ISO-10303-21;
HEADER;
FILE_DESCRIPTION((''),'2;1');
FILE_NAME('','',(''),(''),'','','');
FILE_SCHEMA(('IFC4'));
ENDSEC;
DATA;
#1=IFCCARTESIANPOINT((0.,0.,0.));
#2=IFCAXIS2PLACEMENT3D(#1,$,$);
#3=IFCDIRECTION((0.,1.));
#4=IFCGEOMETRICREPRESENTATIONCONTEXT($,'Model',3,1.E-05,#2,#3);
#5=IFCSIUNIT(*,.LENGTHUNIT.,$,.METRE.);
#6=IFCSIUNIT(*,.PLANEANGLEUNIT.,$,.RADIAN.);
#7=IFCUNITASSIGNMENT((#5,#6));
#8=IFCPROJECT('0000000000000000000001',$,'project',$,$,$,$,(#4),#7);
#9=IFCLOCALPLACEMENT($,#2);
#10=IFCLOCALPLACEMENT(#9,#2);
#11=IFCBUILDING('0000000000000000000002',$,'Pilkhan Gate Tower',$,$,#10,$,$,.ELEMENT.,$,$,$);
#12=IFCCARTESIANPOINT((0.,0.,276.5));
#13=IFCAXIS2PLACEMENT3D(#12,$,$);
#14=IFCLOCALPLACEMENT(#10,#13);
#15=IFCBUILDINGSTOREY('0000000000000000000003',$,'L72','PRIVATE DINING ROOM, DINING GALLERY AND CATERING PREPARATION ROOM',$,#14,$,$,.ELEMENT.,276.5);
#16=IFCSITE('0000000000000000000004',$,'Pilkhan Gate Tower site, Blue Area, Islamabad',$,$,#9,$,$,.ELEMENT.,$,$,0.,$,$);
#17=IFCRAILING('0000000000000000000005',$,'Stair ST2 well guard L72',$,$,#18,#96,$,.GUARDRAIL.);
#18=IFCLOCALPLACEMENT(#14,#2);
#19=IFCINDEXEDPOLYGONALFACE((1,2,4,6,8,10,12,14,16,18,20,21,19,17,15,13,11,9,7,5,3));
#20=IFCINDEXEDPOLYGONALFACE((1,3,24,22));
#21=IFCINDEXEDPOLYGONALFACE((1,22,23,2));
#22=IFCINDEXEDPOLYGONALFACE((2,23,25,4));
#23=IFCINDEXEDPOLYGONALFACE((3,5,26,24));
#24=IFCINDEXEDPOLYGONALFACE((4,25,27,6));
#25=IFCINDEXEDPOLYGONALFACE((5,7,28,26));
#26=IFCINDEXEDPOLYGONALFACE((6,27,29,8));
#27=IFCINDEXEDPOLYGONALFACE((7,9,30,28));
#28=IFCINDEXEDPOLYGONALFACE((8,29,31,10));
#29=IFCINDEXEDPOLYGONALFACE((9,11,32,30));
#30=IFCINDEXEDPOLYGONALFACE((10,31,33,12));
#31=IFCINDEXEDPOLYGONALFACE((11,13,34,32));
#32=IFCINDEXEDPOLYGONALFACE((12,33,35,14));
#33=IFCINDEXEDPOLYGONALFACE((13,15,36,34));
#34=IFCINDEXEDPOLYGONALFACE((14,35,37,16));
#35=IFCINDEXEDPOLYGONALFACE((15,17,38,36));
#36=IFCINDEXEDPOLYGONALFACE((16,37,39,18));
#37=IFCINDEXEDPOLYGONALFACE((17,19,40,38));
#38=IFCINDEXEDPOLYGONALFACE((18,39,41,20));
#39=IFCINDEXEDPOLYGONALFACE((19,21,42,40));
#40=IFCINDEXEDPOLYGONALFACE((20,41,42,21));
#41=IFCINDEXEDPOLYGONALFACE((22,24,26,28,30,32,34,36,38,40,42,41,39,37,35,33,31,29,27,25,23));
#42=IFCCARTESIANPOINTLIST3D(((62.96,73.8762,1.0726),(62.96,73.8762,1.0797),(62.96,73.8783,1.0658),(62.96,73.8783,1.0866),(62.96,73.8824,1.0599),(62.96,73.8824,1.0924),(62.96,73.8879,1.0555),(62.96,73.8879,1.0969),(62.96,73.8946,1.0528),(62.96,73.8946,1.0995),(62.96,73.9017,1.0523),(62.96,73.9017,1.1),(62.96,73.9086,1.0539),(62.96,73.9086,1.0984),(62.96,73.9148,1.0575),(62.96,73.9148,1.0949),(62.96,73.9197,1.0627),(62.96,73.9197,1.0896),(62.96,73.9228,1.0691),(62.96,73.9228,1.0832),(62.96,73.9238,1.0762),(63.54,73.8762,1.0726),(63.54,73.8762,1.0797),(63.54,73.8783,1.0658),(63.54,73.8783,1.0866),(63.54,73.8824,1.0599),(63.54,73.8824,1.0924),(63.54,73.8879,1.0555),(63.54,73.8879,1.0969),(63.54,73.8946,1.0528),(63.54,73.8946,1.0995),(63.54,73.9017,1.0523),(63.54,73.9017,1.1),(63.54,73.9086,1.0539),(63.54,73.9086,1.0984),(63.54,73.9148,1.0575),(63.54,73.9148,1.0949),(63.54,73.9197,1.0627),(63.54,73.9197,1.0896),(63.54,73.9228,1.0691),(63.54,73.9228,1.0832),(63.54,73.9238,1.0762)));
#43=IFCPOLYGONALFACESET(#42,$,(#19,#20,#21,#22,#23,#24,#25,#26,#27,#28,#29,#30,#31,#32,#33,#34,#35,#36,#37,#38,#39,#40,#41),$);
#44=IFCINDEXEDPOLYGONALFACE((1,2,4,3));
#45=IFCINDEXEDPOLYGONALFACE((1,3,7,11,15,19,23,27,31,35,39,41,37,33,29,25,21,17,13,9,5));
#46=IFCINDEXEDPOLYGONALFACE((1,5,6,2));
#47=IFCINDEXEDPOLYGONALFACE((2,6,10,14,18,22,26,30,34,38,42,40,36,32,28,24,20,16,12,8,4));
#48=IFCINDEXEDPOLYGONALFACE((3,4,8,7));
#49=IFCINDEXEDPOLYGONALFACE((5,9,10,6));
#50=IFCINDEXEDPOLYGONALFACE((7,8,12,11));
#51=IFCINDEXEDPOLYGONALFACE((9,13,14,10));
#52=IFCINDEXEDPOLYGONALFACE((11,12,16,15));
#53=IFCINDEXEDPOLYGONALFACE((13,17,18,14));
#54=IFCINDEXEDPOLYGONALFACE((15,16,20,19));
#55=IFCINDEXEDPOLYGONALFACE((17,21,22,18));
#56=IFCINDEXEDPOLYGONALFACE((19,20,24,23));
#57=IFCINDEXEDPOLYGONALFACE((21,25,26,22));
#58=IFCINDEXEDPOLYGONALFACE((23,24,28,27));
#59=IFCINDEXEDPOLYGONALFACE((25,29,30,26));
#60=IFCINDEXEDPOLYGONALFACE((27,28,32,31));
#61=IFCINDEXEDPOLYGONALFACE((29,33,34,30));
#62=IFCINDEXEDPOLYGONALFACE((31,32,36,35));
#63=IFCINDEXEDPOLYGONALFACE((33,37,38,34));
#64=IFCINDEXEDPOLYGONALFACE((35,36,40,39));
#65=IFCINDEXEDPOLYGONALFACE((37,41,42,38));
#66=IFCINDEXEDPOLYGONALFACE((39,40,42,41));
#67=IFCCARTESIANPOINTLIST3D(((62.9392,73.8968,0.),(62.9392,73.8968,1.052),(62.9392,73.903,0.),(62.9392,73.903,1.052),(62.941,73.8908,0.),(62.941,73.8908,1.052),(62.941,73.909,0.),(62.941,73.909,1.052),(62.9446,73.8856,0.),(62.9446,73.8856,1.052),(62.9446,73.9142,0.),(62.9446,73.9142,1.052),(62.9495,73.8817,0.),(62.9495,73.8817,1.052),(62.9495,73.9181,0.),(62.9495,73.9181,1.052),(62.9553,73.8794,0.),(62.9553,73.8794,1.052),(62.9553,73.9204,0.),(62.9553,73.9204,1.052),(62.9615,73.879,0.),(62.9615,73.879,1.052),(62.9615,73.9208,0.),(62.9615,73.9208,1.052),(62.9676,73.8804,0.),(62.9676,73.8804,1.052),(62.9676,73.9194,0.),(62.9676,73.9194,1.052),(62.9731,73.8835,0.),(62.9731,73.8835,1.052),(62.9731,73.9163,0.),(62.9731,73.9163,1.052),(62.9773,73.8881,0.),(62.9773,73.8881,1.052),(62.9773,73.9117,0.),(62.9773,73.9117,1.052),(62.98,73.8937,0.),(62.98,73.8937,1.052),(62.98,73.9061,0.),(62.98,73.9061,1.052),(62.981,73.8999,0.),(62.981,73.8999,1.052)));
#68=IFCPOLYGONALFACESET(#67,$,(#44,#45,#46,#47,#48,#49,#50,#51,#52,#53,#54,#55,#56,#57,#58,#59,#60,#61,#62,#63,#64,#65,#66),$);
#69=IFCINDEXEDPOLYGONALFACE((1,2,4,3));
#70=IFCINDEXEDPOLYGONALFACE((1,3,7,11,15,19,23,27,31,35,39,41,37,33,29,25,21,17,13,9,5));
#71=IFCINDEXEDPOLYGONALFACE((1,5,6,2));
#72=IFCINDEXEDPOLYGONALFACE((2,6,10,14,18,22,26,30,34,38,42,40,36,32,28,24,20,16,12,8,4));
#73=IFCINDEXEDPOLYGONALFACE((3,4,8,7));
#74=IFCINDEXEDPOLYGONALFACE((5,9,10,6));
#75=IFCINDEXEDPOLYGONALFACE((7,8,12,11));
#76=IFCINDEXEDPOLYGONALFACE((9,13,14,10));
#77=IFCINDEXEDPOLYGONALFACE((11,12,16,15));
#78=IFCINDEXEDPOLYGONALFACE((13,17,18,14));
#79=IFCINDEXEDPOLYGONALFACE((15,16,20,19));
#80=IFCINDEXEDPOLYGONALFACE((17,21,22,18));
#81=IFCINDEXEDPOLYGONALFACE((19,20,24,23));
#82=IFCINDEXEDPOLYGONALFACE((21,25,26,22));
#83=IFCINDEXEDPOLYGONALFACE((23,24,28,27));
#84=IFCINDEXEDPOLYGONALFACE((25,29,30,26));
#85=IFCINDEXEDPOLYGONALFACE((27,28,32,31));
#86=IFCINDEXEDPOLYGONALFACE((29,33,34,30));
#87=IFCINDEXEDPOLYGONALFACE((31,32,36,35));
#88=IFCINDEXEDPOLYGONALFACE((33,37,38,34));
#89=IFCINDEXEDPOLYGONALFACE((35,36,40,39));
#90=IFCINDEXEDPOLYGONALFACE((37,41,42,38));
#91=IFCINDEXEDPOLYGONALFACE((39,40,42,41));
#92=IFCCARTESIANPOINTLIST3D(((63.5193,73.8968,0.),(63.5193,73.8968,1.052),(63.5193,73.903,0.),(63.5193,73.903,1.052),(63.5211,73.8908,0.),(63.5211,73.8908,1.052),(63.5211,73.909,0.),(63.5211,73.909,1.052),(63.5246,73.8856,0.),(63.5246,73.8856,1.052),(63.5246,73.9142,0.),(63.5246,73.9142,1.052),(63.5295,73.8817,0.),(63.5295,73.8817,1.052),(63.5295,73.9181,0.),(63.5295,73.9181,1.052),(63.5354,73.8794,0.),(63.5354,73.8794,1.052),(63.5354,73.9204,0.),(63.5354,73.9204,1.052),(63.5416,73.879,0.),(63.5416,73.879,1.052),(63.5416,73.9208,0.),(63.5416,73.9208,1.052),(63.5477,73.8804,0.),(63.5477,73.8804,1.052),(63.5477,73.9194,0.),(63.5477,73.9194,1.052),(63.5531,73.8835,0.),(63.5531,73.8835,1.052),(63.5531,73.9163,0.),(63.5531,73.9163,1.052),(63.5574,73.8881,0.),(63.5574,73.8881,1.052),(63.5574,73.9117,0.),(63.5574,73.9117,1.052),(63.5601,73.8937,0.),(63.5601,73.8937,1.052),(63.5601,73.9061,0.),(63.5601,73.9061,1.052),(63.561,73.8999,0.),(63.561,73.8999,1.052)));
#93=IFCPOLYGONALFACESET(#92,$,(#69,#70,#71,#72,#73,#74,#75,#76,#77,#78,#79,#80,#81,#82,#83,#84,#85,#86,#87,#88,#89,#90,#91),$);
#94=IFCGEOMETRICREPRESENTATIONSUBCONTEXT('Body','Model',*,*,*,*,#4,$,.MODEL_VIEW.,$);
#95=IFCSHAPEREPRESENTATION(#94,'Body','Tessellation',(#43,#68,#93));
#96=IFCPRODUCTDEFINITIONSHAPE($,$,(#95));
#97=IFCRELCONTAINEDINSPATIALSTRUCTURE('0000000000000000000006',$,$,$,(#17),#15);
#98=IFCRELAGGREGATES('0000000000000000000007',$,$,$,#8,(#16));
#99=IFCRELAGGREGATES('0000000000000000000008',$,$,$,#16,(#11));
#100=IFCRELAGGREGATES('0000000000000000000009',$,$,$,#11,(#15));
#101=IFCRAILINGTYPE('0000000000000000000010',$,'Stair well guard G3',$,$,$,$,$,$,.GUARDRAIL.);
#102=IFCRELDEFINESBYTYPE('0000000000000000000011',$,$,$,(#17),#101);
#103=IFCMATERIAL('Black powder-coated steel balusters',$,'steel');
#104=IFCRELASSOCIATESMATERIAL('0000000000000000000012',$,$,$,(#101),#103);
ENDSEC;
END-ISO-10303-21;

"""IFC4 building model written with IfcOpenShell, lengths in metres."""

from ifc_helpers import new_model, si_unit, direction, frame, origin, origin_2d, place, context, subcontext, project, spatial, circle, extrude, material, type_object, element, save


model = new_model("IFC4")

# Units and contexts
model_context = context("Model", 3, precision=1e-05, world=origin(), true_north=direction((0.0, 1.0)))
body_context = subcontext(model_context, "Body", "Model", "MODEL_VIEW")
ifc_project = project(units=[si_unit("LENGTHUNIT", "METRE"), si_unit("PLANEANGLEUNIT", "RADIAN")], contexts=[model_context])

# Site, building, storey
site_placement = place(None, origin())
site = spatial("IfcSite", under=ifc_project, at=site_placement, Name="Pilkhan Gate Tower site, Blue Area, Islamabad", CompositionType="ELEMENT", RefElevation=0.0)
building_placement = place(site_placement, origin())
building = spatial("IfcBuilding", under=site, at=building_placement, Name="Pilkhan Gate Tower", CompositionType="ELEMENT")
storey_placement = place(building_placement, frame((0.0, 0.0, 276.5)))
storey = spatial("IfcBuildingStorey", under=building, at=storey_placement, Name="L72", Description="PRIVATE DINING ROOM, DINING GALLERY AND CATERING PREPARATION ROOM", CompositionType="ELEMENT", Elevation=276.5)

# Railing
ifc_material_1 = material(Name="Black powder-coated steel balusters", Category="steel")
railing_type_1 = type_object("IfcRailingType", Name="Stair well guard G3", PredefinedType="GUARDRAIL", material=ifc_material_1)
railing_1_placement = place(storey_placement, frame((62.96, 73.8999, 0.0)))
element("IfcRailing", 1, at=railing_1_placement, inside=storey, type_object=railing_type_1, Name="Stair ST2 well guard L72", PredefinedType="GUARDRAIL", context=body_context, shape_type="SweptSolid", body=[
    extrude(circle(Radius=0.0239, at=origin_2d()), frame((0.0, 0.0, 1.0762), z_axis=(1.0, 0.0, 0.0), x_axis=(0.0, 1.0, 0.0)), (0.0, 0.0, 1.0), 0.5801),
    extrude(circle(Radius=0.021, at=origin_2d()), origin(), (0.0, 0.0, 1.0), 1.052),
    extrude(circle(Radius=0.021, at=origin_2d()), frame((0.5801, 0.0, 0.0)), (0.0, 0.0, 1.0), 1.052),
])

save(model, "model.ifc")
